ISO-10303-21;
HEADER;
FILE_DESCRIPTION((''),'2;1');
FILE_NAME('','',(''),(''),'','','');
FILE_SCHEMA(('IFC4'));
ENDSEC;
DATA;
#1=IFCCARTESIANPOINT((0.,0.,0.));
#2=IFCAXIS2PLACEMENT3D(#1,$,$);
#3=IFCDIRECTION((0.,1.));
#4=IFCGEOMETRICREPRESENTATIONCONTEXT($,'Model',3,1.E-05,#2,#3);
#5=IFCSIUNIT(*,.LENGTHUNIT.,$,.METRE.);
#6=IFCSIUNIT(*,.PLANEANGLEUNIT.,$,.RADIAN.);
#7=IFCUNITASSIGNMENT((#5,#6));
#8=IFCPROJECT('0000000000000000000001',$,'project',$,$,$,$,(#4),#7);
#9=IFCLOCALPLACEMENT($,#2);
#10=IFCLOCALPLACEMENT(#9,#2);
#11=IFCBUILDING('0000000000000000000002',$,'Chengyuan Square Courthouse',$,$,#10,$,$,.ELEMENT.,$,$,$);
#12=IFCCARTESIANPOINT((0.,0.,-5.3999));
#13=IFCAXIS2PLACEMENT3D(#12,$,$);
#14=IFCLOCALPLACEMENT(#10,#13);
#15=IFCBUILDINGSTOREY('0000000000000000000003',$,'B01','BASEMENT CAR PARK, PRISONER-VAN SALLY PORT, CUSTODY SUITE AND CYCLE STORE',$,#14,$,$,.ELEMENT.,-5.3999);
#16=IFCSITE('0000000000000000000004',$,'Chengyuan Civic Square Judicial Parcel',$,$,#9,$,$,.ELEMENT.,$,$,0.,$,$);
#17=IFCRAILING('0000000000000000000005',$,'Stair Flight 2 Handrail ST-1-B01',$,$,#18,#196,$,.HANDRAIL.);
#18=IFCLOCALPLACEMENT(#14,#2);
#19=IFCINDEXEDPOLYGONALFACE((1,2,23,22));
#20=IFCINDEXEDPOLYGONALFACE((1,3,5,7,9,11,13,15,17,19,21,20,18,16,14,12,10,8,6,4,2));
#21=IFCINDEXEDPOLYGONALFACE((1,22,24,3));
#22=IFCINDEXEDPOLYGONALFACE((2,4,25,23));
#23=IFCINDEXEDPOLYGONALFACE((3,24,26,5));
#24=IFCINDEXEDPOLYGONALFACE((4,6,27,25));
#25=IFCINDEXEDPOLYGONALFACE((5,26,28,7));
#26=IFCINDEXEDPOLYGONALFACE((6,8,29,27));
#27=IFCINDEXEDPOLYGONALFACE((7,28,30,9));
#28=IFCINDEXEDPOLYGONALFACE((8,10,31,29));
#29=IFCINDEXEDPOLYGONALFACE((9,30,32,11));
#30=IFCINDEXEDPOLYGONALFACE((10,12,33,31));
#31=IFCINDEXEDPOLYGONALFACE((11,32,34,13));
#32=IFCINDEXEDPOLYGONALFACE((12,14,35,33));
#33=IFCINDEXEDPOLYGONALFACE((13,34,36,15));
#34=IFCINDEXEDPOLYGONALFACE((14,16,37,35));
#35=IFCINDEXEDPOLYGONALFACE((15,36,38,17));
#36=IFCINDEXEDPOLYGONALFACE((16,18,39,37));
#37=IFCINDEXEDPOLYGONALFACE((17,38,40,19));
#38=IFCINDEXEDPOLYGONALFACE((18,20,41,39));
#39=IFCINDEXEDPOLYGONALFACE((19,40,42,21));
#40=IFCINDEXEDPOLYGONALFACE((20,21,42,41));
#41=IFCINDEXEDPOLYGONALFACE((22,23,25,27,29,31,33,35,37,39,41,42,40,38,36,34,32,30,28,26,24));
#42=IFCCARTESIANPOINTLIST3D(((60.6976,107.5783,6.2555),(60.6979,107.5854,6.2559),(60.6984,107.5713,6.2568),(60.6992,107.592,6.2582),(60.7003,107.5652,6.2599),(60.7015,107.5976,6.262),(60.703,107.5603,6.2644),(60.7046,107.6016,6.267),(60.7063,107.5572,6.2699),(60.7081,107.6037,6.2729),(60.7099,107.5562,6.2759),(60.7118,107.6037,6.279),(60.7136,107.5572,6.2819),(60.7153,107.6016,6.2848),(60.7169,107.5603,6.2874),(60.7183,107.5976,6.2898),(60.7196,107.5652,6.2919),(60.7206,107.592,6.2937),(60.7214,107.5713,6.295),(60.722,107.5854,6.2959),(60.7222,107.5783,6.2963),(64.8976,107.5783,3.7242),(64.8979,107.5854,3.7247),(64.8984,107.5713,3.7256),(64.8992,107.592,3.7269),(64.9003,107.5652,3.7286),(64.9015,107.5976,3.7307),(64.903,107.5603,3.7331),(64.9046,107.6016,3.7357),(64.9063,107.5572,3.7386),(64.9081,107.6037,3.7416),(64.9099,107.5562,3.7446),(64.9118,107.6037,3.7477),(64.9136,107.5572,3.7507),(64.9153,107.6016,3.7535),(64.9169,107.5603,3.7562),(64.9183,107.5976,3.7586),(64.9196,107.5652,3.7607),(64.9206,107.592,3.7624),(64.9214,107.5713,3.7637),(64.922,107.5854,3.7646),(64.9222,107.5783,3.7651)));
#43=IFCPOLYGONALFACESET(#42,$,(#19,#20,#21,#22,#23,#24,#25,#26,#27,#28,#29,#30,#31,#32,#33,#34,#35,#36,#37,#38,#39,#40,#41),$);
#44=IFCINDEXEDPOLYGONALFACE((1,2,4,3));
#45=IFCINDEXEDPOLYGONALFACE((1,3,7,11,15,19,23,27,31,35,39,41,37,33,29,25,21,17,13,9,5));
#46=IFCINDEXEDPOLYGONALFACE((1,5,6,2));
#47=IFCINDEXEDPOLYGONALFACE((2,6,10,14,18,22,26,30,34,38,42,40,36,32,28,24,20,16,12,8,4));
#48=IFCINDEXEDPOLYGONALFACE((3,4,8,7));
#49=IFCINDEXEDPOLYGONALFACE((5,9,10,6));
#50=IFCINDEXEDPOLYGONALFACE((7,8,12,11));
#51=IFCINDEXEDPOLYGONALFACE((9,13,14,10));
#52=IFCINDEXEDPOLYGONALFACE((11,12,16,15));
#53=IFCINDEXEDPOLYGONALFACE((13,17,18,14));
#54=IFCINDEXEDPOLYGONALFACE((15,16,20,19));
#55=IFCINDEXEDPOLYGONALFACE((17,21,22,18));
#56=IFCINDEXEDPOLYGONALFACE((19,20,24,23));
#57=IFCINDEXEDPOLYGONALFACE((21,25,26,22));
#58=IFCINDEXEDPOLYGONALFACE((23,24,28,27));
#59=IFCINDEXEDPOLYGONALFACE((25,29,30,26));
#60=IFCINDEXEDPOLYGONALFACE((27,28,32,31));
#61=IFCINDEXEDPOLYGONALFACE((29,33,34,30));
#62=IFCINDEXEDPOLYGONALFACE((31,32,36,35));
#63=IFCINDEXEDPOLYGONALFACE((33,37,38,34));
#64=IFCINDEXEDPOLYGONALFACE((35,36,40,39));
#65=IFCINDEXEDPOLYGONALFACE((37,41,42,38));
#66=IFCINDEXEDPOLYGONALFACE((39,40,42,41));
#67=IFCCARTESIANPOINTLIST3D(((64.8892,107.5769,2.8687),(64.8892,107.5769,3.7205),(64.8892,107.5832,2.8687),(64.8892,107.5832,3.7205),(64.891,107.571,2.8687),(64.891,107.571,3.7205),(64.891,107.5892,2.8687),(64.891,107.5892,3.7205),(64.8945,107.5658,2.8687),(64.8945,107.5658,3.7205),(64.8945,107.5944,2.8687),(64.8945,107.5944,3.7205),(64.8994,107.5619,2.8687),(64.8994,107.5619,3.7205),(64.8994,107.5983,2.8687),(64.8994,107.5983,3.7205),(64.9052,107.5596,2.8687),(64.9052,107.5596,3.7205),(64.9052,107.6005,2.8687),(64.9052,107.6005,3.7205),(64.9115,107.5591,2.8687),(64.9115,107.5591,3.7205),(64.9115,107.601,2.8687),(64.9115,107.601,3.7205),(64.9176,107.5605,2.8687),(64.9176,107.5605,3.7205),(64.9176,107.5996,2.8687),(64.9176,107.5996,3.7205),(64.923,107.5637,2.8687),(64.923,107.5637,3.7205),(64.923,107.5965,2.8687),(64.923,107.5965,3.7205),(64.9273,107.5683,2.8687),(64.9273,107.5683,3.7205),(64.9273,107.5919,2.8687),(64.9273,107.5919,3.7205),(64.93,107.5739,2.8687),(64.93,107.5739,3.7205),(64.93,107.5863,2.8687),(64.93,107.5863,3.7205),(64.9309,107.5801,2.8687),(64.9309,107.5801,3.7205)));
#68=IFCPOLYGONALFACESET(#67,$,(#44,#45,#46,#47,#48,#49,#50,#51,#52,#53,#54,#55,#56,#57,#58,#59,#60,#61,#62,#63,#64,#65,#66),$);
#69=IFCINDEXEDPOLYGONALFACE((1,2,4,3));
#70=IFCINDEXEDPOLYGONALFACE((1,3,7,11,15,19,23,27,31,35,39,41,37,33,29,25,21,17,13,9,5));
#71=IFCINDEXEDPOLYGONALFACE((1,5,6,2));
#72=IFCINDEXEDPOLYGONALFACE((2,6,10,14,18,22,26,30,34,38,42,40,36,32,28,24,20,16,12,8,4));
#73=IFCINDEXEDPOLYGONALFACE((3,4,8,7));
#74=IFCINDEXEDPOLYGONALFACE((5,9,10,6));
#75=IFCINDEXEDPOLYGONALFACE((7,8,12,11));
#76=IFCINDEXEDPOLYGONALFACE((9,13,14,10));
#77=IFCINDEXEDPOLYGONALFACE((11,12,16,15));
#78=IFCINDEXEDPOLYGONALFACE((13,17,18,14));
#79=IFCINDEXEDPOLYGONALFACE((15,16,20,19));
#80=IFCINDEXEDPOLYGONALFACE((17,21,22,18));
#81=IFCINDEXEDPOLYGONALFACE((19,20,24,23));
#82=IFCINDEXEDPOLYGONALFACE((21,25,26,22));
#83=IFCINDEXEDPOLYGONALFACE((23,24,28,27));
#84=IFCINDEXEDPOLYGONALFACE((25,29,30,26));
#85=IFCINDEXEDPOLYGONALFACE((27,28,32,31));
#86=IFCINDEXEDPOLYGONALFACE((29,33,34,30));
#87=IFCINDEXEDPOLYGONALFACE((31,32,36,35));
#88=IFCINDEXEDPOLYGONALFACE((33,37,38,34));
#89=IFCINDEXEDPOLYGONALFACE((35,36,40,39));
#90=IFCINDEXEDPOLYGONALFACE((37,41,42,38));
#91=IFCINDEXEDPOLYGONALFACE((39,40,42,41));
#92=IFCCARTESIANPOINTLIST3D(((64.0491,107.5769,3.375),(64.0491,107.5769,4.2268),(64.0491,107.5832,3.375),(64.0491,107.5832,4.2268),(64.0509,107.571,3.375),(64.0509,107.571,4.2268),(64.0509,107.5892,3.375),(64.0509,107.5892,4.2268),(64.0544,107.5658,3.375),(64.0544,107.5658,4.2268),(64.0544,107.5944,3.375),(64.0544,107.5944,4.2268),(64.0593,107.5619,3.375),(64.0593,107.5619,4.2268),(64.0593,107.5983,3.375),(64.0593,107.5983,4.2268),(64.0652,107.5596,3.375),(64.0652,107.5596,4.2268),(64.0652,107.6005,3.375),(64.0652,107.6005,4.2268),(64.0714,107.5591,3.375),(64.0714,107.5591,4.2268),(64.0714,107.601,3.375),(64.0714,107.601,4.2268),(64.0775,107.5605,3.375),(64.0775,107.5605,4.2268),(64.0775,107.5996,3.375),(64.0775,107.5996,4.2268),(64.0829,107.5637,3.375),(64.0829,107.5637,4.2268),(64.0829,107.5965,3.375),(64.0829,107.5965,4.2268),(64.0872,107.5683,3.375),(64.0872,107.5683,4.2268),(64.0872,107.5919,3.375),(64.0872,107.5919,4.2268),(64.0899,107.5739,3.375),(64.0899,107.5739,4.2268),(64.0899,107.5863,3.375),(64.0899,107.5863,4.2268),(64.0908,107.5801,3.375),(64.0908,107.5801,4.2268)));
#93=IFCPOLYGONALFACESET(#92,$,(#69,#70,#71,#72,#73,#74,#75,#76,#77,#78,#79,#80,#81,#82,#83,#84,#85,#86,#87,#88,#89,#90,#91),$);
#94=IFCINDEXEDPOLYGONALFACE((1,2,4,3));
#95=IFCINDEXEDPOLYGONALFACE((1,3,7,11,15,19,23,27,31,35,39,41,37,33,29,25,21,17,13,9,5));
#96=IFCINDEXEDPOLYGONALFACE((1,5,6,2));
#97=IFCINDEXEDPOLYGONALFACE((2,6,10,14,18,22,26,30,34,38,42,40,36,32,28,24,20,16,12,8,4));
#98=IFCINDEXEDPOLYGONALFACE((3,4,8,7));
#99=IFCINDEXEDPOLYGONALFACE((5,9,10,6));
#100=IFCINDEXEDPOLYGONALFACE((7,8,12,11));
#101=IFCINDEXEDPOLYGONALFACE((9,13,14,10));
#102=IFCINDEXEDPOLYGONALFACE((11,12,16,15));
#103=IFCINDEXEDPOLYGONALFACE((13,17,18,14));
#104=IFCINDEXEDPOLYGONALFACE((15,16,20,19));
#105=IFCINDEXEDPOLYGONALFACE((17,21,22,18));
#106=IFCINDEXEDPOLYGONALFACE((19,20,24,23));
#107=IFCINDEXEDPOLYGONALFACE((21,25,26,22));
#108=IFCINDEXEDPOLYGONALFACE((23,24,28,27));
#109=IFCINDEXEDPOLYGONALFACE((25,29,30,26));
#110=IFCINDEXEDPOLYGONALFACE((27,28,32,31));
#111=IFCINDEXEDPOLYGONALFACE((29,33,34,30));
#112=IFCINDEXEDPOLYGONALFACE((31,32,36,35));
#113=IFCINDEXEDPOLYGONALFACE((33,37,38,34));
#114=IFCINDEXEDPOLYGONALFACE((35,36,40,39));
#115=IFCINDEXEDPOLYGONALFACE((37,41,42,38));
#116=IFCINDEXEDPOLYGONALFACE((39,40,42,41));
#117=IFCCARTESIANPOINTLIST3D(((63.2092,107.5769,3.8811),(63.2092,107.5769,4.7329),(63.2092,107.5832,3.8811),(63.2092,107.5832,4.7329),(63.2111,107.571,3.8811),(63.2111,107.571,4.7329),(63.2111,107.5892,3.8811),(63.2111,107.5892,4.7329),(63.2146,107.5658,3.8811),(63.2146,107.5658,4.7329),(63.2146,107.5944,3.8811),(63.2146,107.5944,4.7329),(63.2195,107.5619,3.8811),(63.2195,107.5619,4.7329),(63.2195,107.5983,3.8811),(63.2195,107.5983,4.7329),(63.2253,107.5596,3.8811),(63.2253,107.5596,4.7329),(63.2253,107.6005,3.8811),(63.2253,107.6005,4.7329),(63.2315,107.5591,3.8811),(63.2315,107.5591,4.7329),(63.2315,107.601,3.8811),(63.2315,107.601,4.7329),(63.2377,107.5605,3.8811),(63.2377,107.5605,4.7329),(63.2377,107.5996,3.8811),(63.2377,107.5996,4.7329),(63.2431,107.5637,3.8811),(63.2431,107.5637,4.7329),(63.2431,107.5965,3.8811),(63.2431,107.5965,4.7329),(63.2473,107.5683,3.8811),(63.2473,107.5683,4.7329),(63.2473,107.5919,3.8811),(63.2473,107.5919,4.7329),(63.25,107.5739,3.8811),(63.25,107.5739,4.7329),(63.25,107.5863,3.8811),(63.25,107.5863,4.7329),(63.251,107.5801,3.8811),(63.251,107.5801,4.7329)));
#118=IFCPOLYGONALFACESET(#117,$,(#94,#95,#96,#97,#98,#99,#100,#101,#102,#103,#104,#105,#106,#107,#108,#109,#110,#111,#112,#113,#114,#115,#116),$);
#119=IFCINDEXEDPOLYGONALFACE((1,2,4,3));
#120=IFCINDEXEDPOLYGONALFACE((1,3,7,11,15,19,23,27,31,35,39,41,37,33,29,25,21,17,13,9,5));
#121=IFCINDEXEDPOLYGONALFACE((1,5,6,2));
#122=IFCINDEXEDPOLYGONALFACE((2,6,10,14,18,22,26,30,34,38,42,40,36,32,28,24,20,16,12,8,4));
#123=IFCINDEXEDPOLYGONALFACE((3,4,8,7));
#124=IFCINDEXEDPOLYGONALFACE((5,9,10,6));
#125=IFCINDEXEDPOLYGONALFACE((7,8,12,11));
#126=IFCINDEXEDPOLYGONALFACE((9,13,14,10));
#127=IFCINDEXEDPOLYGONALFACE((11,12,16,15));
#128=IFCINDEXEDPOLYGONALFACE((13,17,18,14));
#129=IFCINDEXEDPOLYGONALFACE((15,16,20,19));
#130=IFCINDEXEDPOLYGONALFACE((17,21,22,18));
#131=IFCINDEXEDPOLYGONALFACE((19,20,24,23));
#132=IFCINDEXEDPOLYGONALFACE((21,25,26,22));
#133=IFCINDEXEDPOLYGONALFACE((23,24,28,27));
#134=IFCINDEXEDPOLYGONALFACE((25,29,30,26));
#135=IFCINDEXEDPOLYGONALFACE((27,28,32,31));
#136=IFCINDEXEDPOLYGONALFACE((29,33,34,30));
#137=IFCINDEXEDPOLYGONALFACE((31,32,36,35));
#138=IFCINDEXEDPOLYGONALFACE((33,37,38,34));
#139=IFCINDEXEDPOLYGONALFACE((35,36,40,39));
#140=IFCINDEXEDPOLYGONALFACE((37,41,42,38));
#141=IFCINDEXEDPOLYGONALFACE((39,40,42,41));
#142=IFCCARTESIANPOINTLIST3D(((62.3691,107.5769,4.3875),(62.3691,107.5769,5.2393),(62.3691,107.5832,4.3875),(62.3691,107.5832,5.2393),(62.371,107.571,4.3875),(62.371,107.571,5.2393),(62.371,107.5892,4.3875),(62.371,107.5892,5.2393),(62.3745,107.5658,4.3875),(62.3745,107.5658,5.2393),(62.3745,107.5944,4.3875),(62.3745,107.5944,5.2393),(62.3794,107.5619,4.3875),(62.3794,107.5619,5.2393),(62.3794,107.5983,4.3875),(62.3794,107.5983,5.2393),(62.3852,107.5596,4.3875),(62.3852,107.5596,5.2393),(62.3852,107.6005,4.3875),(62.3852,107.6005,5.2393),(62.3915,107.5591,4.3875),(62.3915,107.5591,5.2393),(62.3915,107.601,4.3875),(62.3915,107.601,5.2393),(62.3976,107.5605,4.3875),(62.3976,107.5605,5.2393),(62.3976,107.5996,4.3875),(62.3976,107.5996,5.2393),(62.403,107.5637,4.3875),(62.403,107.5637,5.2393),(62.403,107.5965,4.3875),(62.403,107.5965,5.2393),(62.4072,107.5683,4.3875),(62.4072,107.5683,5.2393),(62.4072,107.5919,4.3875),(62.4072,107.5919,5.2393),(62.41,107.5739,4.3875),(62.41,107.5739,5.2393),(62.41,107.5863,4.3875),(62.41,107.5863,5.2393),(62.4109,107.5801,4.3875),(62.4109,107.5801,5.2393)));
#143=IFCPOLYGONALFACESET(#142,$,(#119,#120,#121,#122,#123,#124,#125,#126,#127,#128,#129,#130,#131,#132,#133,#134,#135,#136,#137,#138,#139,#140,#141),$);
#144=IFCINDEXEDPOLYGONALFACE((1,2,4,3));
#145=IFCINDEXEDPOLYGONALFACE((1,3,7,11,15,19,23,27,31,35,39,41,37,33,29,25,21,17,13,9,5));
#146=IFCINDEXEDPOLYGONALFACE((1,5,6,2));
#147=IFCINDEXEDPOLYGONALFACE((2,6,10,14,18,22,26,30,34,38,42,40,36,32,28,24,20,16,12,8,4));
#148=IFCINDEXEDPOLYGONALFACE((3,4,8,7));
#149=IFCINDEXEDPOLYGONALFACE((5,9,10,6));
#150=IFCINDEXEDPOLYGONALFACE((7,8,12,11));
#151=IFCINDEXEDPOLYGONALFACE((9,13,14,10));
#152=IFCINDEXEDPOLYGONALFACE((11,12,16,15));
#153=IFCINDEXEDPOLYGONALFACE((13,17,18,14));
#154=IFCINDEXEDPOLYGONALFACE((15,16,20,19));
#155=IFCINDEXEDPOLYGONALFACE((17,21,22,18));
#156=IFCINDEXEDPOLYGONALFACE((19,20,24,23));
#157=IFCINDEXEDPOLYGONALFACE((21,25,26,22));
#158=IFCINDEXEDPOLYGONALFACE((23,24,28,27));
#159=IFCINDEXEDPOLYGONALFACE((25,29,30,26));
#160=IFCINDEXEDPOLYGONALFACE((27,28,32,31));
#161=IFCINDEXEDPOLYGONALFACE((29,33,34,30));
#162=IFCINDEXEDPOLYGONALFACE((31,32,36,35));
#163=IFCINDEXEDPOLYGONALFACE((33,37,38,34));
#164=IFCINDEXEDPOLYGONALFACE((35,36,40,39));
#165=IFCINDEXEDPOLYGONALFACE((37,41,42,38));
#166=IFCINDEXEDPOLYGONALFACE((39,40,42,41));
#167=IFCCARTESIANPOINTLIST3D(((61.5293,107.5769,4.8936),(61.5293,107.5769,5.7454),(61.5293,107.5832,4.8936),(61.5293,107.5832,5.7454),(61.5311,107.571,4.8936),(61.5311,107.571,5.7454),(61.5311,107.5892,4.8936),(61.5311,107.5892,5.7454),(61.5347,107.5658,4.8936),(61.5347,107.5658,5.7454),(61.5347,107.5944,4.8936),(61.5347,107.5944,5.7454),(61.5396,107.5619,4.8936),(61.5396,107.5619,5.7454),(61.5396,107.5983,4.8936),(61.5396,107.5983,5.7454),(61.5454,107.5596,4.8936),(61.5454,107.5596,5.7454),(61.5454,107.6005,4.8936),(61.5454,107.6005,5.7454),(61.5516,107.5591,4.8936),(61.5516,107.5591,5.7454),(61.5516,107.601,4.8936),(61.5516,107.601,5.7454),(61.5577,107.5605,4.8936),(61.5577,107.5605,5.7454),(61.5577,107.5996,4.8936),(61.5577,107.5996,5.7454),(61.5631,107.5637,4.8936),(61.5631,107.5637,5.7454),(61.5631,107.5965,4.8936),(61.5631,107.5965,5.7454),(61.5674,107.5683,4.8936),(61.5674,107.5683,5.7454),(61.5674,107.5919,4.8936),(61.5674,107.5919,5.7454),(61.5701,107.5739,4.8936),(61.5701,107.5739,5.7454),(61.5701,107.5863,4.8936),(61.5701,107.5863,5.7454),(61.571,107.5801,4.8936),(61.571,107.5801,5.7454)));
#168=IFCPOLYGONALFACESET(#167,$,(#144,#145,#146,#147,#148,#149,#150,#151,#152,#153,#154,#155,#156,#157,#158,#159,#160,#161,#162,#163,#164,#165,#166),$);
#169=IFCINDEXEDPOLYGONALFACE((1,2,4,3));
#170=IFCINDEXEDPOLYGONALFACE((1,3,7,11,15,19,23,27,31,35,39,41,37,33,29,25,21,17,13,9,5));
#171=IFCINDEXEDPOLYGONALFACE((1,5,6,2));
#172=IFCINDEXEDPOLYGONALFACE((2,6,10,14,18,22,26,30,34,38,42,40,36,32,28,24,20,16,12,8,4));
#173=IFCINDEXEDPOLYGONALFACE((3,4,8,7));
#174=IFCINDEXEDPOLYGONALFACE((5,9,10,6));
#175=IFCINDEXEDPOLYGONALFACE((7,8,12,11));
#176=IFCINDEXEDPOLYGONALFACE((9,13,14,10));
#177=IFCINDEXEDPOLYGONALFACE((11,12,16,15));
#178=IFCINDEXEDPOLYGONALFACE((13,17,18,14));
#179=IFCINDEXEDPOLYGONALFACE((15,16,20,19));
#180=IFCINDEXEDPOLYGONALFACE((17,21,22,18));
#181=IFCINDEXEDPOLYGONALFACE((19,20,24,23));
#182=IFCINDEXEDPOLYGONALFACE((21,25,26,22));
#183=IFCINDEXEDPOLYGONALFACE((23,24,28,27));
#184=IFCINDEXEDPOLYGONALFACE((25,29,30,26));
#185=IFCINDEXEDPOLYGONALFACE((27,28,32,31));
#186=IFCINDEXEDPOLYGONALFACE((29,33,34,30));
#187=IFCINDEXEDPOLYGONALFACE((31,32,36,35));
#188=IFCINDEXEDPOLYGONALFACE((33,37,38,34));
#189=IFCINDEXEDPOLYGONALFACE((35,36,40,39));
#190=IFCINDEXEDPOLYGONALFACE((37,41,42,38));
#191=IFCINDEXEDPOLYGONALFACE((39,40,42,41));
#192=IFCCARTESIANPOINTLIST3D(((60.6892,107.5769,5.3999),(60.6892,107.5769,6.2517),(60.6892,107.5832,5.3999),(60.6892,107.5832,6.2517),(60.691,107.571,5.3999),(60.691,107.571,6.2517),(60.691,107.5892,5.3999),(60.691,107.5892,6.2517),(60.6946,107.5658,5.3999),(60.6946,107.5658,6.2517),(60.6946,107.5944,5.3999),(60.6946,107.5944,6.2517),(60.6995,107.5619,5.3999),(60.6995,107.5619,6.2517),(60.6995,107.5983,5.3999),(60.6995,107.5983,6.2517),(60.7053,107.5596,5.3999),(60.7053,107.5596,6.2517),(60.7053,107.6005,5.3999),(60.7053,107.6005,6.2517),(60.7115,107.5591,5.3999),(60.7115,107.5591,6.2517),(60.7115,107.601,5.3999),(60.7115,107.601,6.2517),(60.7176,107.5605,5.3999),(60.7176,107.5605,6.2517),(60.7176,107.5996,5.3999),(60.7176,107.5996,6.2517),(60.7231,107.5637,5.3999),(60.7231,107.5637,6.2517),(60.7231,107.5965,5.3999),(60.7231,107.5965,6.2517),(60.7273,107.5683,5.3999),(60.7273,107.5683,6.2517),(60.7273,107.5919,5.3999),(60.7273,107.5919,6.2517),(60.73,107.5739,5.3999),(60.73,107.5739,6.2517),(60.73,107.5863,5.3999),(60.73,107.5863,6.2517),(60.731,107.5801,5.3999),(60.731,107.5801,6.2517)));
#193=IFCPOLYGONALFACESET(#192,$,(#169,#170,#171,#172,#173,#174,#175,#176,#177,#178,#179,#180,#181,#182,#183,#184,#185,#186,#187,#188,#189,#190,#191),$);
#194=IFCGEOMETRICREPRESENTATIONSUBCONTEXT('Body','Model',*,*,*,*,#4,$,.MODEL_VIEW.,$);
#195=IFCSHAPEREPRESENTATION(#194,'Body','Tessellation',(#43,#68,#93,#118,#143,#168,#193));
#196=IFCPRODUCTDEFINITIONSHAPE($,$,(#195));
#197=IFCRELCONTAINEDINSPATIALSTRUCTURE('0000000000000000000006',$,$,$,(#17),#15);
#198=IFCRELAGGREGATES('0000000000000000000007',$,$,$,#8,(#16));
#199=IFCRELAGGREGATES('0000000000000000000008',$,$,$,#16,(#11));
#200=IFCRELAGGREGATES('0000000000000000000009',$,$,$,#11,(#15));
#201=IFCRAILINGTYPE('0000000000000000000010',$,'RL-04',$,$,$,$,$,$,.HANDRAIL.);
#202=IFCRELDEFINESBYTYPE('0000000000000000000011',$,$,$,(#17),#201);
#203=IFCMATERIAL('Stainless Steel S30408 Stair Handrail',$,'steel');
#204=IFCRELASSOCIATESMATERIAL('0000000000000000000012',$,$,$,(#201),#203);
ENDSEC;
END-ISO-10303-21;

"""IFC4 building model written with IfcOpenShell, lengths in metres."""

from ifc_helpers import new_model, si_unit, direction, frame, origin, origin_2d, place, context, subcontext, project, spatial, circle, extrude, material, type_object, element, save


model = new_model("IFC4")

# Units and contexts
model_context = context("Model", 3, precision=1e-05, world=origin(), true_north=direction((0.0, 1.0)))
body_context = subcontext(model_context, "Body", "Model", "MODEL_VIEW")
ifc_project = project(units=[si_unit("LENGTHUNIT", "METRE"), si_unit("PLANEANGLEUNIT", "RADIAN")], contexts=[model_context])

# Site, building, storey
site_placement = place(None, origin())
site = spatial("IfcSite", under=ifc_project, at=site_placement, Name="Chengyuan Civic Square Judicial Parcel", CompositionType="ELEMENT", RefElevation=0.0)
building_placement = place(site_placement, origin())
building = spatial("IfcBuilding", under=site, at=building_placement, Name="Chengyuan Square Courthouse", CompositionType="ELEMENT")
storey_placement = place(building_placement, frame((0.0, 0.0, -5.3999)))
storey = spatial("IfcBuildingStorey", under=building, at=storey_placement, Name="B01", Description="BASEMENT CAR PARK, PRISONER-VAN SALLY PORT, CUSTODY SUITE AND CYCLE STORE", CompositionType="ELEMENT", Elevation=-5.3999)

# Railing
ifc_material_1 = material(Name="Stainless Steel S30408 Stair Handrail", Category="steel")
railing_type_1 = type_object("IfcRailingType", Name="RL-04", PredefinedType="HANDRAIL", material=ifc_material_1)
railing_1_placement = place(storey_placement, frame((64.9099, 107.5801, 2.8687)))
element("IfcRailing", 1, at=railing_1_placement, inside=storey, type_object=railing_type_1, Name="Stair Flight 2 Handrail ST-1-B01", PredefinedType="HANDRAIL", context=body_context, shape_type="SweptSolid", body=[
    extrude(circle(Radius=0.0239, at=origin_2d()), frame((0.0, 0.0, 0.876), z_axis=(-0.856476, 0.0, 0.516186), x_axis=(0.0, -1.0, 0.0)), (0.0, 0.0, 1.0), 4.9038),
    extrude(circle(Radius=0.021, at=origin_2d()), origin(), (0.0, 0.0, 1.0), 0.8518),
    extrude(circle(Radius=0.021, at=origin_2d()), frame((-0.8401, 0.0, 0.5063)), (0.0, 0.0, 1.0), 0.8518),
    extrude(circle(Radius=0.021, at=origin_2d()), frame((-1.6799, 0.0, 1.0125)), (0.0, 0.0, 1.0), 0.8518),
    extrude(circle(Radius=0.021, at=origin_2d()), frame((-2.52, 0.0, 1.5188)), (0.0, 0.0, 1.0), 0.8518),
    extrude(circle(Radius=0.021, at=origin_2d()), frame((-3.3599, 0.0, 2.0249)), (0.0, 0.0, 1.0), 0.8518),
    extrude(circle(Radius=0.021, at=origin_2d()), frame((-4.2, 0.0, 2.5312)), (0.0, 0.0, 1.0), 0.8518),
])

save(model, "model.ifc")
